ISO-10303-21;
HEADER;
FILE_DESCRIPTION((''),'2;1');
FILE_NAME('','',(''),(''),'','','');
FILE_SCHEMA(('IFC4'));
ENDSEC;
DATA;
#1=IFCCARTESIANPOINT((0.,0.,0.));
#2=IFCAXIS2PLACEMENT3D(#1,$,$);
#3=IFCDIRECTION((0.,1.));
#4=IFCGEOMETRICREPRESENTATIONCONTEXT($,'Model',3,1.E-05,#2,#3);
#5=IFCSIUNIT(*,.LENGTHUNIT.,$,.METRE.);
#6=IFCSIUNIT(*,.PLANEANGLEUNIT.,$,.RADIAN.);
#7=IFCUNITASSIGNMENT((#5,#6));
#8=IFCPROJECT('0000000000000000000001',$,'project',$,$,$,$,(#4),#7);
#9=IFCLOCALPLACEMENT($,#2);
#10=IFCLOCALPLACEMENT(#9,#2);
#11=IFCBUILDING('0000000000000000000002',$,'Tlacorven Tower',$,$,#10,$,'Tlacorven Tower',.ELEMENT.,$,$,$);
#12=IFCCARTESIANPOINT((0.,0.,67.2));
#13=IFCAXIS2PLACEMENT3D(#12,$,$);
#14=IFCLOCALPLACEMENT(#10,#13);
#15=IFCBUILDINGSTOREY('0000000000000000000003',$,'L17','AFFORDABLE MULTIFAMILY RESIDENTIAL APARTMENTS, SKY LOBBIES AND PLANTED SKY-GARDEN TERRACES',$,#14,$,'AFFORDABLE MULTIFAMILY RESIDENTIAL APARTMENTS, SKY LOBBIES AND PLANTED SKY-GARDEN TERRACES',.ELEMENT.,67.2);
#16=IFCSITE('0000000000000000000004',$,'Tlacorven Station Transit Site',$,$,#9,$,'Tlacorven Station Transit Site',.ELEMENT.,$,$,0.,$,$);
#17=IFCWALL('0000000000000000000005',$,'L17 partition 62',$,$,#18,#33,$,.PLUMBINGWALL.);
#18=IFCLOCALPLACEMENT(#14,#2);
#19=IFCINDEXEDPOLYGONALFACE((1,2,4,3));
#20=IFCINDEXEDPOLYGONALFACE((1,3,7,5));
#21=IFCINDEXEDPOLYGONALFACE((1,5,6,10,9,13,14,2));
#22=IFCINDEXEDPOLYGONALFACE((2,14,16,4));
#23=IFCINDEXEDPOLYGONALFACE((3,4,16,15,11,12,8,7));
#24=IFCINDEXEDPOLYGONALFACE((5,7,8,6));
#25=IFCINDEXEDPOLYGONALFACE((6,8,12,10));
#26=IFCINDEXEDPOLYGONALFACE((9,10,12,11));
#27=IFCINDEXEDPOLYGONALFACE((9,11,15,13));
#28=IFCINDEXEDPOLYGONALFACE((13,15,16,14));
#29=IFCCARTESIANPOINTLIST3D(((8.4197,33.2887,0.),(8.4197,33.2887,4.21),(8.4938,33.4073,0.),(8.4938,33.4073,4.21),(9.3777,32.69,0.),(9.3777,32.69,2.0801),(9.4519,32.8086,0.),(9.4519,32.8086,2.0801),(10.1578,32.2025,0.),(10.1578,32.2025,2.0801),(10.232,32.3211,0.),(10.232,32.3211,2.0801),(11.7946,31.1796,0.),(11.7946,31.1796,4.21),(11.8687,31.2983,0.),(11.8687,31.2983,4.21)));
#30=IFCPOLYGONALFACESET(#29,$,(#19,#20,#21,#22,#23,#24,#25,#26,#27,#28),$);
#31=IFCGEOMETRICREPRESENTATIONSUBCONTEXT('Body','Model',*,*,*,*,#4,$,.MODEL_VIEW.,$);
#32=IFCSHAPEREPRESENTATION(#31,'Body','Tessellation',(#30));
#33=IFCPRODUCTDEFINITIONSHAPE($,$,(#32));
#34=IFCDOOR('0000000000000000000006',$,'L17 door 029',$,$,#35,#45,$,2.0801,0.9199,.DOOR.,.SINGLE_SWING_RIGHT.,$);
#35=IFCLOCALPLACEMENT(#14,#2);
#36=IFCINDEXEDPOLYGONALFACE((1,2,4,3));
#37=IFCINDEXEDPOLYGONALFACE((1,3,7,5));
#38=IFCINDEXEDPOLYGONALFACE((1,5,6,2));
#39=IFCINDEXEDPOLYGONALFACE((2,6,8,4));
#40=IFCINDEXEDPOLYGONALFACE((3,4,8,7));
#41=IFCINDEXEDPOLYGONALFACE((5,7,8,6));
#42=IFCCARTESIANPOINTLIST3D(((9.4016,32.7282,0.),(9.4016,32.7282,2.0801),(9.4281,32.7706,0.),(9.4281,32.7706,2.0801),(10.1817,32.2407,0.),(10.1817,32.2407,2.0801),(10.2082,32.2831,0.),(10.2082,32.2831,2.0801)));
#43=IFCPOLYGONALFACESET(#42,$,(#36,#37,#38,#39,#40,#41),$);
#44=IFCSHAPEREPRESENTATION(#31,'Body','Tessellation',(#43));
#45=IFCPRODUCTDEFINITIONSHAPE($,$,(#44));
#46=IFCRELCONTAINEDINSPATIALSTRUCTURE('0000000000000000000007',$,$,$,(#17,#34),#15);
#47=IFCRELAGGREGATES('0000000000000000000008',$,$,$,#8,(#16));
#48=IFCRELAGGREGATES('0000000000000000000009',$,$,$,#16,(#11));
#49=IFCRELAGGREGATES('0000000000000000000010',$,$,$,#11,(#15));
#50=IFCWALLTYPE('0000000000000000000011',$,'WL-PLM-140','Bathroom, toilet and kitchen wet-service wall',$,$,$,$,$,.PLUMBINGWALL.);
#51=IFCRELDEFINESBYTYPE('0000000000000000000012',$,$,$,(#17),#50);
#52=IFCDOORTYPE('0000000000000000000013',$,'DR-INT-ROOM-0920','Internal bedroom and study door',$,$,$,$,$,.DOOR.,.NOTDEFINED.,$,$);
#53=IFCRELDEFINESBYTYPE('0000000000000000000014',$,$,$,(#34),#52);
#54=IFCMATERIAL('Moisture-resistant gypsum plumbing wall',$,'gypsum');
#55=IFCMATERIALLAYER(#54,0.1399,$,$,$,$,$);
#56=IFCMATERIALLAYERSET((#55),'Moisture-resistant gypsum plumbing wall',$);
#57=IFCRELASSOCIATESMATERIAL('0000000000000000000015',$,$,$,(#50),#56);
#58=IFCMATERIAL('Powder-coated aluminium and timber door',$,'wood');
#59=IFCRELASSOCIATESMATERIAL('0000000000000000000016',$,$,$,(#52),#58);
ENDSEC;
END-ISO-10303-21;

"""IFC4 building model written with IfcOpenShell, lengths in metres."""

from ifc_helpers import new_model, si_unit, direction, frame, frame_2d, origin, place, context, subcontext, project, spatial, rectangle, extrude, source, transform, mapped, material, layer, layer_set, type_object, element, fill, save


model = new_model("IFC4")

# Units and contexts
model_context = context("Model", 3, precision=1e-05, world=origin(), true_north=direction((0.0, 1.0)))
body_context = subcontext(model_context, "Body", "Model", "MODEL_VIEW")
ifc_project = project(units=[si_unit("LENGTHUNIT", "METRE"), si_unit("PLANEANGLEUNIT", "RADIAN")], contexts=[model_context])

# Site, building, storey
site_placement = place(None, origin())
site = spatial("IfcSite", under=ifc_project, at=site_placement, Name="Tlacorven Station Transit Site", LongName="Tlacorven Station Transit Site", CompositionType="ELEMENT", RefElevation=0.0)
building_placement = place(site_placement, origin())
building = spatial("IfcBuilding", under=site, at=building_placement, Name="Tlacorven Tower", LongName="Tlacorven Tower", CompositionType="ELEMENT")
storey_placement = place(building_placement, frame((0.0, 0.0, 67.2)))
storey = spatial("IfcBuildingStorey", under=building, at=storey_placement, Name="L17", Description="AFFORDABLE MULTIFAMILY RESIDENTIAL APARTMENTS, SKY LOBBIES AND PLANTED SKY-GARDEN TERRACES", LongName="AFFORDABLE MULTIFAMILY RESIDENTIAL APARTMENTS, SKY LOBBIES AND PLANTED SKY-GARDEN TERRACES", CompositionType="ELEMENT", Elevation=67.2)

# Wall, opening, door
ifc_material_1 = material(Name="Moisture-resistant gypsum plumbing wall", Category="gypsum")
ifc_layer_1 = layer(ifc_material_1, 0.1399)
ifc_layer_set_1 = layer_set([ifc_layer_1], Name="Moisture-resistant gypsum plumbing wall")
wall_type_1 = type_object("IfcWallType", Name="WL-PLM-140", Description="Bathroom, toilet and kitchen wet-service wall", PredefinedType="PLUMBINGWALL", material=ifc_layer_set_1)
wall_1_placement = place(storey_placement, frame((11.8315, 31.239, 0.0), z_axis=(0.0, 0.0, 1.0), x_axis=(-0.848026, 0.529955, 0.0)))
wall_1 = element("IfcWall", 1, at=wall_1_placement, inside=storey, type_object=wall_type_1, Name="L17 partition 62", PredefinedType="PLUMBINGWALL", context=body_context, shape_type="SweptSolid", body=[
    extrude(rectangle(XDim=3.9797, YDim=0.1399, at=frame_2d((1.9897, 0.0))), origin(), (0.0, 0.0, 1.0), 4.21),
])
opening_1_placement = place(wall_1_placement, frame((1.9299, 0.0, 0.0)))
opening_1 = element("IfcOpeningElement", 2, at=opening_1_placement, cuts=wall_1, PredefinedType="OPENING", context=body_context, shape_type="SweptSolid", body=[
    extrude(rectangle(XDim=0.9199, YDim=2.0801, at=frame_2d((0.46, 1.04))), frame((0.0, 0.0801, 0.0), z_axis=(0.0, -1.0, 0.0), x_axis=(1.0, 0.0, 0.0)), (0.0, 0.0, 1.0), 0.1599),
])
ifc_material_2 = material(Name="Powder-coated aluminium and timber door", Category="wood")
door_type = type_object("IfcDoorType", Name="DR-INT-ROOM-0920", Description="Internal bedroom and study door", OperationType="NOTDEFINED", PredefinedType="DOOR", material=ifc_material_2)
shared_shape_1 = source(origin(), body_context, "Body", "SweptSolid", [
    extrude(rectangle(XDim=0.9199, YDim=2.0801, at=frame_2d((0.46, 1.04))), frame((0.0, 0.0249, 0.0), z_axis=(0.0, -1.0, 0.0), x_axis=(1.0, 0.0, 0.0)), (0.0, 0.0, 1.0), 0.05),
])
door_placement = place(opening_1_placement, origin())
door = element("IfcDoor", 3, at=door_placement, inside=storey, type_object=door_type, Name="L17 door 029", OperationType="SINGLE_SWING_RIGHT", OverallHeight=2.0801, OverallWidth=0.9199, PredefinedType="DOOR", context=body_context, shape_type="MappedRepresentation", body=[
    mapped(shared_shape_1, transform((0.0, 0.0, 0.0), scale=1.0)),
])
fill(opening_1, door)

save(model, "model.ifc")
